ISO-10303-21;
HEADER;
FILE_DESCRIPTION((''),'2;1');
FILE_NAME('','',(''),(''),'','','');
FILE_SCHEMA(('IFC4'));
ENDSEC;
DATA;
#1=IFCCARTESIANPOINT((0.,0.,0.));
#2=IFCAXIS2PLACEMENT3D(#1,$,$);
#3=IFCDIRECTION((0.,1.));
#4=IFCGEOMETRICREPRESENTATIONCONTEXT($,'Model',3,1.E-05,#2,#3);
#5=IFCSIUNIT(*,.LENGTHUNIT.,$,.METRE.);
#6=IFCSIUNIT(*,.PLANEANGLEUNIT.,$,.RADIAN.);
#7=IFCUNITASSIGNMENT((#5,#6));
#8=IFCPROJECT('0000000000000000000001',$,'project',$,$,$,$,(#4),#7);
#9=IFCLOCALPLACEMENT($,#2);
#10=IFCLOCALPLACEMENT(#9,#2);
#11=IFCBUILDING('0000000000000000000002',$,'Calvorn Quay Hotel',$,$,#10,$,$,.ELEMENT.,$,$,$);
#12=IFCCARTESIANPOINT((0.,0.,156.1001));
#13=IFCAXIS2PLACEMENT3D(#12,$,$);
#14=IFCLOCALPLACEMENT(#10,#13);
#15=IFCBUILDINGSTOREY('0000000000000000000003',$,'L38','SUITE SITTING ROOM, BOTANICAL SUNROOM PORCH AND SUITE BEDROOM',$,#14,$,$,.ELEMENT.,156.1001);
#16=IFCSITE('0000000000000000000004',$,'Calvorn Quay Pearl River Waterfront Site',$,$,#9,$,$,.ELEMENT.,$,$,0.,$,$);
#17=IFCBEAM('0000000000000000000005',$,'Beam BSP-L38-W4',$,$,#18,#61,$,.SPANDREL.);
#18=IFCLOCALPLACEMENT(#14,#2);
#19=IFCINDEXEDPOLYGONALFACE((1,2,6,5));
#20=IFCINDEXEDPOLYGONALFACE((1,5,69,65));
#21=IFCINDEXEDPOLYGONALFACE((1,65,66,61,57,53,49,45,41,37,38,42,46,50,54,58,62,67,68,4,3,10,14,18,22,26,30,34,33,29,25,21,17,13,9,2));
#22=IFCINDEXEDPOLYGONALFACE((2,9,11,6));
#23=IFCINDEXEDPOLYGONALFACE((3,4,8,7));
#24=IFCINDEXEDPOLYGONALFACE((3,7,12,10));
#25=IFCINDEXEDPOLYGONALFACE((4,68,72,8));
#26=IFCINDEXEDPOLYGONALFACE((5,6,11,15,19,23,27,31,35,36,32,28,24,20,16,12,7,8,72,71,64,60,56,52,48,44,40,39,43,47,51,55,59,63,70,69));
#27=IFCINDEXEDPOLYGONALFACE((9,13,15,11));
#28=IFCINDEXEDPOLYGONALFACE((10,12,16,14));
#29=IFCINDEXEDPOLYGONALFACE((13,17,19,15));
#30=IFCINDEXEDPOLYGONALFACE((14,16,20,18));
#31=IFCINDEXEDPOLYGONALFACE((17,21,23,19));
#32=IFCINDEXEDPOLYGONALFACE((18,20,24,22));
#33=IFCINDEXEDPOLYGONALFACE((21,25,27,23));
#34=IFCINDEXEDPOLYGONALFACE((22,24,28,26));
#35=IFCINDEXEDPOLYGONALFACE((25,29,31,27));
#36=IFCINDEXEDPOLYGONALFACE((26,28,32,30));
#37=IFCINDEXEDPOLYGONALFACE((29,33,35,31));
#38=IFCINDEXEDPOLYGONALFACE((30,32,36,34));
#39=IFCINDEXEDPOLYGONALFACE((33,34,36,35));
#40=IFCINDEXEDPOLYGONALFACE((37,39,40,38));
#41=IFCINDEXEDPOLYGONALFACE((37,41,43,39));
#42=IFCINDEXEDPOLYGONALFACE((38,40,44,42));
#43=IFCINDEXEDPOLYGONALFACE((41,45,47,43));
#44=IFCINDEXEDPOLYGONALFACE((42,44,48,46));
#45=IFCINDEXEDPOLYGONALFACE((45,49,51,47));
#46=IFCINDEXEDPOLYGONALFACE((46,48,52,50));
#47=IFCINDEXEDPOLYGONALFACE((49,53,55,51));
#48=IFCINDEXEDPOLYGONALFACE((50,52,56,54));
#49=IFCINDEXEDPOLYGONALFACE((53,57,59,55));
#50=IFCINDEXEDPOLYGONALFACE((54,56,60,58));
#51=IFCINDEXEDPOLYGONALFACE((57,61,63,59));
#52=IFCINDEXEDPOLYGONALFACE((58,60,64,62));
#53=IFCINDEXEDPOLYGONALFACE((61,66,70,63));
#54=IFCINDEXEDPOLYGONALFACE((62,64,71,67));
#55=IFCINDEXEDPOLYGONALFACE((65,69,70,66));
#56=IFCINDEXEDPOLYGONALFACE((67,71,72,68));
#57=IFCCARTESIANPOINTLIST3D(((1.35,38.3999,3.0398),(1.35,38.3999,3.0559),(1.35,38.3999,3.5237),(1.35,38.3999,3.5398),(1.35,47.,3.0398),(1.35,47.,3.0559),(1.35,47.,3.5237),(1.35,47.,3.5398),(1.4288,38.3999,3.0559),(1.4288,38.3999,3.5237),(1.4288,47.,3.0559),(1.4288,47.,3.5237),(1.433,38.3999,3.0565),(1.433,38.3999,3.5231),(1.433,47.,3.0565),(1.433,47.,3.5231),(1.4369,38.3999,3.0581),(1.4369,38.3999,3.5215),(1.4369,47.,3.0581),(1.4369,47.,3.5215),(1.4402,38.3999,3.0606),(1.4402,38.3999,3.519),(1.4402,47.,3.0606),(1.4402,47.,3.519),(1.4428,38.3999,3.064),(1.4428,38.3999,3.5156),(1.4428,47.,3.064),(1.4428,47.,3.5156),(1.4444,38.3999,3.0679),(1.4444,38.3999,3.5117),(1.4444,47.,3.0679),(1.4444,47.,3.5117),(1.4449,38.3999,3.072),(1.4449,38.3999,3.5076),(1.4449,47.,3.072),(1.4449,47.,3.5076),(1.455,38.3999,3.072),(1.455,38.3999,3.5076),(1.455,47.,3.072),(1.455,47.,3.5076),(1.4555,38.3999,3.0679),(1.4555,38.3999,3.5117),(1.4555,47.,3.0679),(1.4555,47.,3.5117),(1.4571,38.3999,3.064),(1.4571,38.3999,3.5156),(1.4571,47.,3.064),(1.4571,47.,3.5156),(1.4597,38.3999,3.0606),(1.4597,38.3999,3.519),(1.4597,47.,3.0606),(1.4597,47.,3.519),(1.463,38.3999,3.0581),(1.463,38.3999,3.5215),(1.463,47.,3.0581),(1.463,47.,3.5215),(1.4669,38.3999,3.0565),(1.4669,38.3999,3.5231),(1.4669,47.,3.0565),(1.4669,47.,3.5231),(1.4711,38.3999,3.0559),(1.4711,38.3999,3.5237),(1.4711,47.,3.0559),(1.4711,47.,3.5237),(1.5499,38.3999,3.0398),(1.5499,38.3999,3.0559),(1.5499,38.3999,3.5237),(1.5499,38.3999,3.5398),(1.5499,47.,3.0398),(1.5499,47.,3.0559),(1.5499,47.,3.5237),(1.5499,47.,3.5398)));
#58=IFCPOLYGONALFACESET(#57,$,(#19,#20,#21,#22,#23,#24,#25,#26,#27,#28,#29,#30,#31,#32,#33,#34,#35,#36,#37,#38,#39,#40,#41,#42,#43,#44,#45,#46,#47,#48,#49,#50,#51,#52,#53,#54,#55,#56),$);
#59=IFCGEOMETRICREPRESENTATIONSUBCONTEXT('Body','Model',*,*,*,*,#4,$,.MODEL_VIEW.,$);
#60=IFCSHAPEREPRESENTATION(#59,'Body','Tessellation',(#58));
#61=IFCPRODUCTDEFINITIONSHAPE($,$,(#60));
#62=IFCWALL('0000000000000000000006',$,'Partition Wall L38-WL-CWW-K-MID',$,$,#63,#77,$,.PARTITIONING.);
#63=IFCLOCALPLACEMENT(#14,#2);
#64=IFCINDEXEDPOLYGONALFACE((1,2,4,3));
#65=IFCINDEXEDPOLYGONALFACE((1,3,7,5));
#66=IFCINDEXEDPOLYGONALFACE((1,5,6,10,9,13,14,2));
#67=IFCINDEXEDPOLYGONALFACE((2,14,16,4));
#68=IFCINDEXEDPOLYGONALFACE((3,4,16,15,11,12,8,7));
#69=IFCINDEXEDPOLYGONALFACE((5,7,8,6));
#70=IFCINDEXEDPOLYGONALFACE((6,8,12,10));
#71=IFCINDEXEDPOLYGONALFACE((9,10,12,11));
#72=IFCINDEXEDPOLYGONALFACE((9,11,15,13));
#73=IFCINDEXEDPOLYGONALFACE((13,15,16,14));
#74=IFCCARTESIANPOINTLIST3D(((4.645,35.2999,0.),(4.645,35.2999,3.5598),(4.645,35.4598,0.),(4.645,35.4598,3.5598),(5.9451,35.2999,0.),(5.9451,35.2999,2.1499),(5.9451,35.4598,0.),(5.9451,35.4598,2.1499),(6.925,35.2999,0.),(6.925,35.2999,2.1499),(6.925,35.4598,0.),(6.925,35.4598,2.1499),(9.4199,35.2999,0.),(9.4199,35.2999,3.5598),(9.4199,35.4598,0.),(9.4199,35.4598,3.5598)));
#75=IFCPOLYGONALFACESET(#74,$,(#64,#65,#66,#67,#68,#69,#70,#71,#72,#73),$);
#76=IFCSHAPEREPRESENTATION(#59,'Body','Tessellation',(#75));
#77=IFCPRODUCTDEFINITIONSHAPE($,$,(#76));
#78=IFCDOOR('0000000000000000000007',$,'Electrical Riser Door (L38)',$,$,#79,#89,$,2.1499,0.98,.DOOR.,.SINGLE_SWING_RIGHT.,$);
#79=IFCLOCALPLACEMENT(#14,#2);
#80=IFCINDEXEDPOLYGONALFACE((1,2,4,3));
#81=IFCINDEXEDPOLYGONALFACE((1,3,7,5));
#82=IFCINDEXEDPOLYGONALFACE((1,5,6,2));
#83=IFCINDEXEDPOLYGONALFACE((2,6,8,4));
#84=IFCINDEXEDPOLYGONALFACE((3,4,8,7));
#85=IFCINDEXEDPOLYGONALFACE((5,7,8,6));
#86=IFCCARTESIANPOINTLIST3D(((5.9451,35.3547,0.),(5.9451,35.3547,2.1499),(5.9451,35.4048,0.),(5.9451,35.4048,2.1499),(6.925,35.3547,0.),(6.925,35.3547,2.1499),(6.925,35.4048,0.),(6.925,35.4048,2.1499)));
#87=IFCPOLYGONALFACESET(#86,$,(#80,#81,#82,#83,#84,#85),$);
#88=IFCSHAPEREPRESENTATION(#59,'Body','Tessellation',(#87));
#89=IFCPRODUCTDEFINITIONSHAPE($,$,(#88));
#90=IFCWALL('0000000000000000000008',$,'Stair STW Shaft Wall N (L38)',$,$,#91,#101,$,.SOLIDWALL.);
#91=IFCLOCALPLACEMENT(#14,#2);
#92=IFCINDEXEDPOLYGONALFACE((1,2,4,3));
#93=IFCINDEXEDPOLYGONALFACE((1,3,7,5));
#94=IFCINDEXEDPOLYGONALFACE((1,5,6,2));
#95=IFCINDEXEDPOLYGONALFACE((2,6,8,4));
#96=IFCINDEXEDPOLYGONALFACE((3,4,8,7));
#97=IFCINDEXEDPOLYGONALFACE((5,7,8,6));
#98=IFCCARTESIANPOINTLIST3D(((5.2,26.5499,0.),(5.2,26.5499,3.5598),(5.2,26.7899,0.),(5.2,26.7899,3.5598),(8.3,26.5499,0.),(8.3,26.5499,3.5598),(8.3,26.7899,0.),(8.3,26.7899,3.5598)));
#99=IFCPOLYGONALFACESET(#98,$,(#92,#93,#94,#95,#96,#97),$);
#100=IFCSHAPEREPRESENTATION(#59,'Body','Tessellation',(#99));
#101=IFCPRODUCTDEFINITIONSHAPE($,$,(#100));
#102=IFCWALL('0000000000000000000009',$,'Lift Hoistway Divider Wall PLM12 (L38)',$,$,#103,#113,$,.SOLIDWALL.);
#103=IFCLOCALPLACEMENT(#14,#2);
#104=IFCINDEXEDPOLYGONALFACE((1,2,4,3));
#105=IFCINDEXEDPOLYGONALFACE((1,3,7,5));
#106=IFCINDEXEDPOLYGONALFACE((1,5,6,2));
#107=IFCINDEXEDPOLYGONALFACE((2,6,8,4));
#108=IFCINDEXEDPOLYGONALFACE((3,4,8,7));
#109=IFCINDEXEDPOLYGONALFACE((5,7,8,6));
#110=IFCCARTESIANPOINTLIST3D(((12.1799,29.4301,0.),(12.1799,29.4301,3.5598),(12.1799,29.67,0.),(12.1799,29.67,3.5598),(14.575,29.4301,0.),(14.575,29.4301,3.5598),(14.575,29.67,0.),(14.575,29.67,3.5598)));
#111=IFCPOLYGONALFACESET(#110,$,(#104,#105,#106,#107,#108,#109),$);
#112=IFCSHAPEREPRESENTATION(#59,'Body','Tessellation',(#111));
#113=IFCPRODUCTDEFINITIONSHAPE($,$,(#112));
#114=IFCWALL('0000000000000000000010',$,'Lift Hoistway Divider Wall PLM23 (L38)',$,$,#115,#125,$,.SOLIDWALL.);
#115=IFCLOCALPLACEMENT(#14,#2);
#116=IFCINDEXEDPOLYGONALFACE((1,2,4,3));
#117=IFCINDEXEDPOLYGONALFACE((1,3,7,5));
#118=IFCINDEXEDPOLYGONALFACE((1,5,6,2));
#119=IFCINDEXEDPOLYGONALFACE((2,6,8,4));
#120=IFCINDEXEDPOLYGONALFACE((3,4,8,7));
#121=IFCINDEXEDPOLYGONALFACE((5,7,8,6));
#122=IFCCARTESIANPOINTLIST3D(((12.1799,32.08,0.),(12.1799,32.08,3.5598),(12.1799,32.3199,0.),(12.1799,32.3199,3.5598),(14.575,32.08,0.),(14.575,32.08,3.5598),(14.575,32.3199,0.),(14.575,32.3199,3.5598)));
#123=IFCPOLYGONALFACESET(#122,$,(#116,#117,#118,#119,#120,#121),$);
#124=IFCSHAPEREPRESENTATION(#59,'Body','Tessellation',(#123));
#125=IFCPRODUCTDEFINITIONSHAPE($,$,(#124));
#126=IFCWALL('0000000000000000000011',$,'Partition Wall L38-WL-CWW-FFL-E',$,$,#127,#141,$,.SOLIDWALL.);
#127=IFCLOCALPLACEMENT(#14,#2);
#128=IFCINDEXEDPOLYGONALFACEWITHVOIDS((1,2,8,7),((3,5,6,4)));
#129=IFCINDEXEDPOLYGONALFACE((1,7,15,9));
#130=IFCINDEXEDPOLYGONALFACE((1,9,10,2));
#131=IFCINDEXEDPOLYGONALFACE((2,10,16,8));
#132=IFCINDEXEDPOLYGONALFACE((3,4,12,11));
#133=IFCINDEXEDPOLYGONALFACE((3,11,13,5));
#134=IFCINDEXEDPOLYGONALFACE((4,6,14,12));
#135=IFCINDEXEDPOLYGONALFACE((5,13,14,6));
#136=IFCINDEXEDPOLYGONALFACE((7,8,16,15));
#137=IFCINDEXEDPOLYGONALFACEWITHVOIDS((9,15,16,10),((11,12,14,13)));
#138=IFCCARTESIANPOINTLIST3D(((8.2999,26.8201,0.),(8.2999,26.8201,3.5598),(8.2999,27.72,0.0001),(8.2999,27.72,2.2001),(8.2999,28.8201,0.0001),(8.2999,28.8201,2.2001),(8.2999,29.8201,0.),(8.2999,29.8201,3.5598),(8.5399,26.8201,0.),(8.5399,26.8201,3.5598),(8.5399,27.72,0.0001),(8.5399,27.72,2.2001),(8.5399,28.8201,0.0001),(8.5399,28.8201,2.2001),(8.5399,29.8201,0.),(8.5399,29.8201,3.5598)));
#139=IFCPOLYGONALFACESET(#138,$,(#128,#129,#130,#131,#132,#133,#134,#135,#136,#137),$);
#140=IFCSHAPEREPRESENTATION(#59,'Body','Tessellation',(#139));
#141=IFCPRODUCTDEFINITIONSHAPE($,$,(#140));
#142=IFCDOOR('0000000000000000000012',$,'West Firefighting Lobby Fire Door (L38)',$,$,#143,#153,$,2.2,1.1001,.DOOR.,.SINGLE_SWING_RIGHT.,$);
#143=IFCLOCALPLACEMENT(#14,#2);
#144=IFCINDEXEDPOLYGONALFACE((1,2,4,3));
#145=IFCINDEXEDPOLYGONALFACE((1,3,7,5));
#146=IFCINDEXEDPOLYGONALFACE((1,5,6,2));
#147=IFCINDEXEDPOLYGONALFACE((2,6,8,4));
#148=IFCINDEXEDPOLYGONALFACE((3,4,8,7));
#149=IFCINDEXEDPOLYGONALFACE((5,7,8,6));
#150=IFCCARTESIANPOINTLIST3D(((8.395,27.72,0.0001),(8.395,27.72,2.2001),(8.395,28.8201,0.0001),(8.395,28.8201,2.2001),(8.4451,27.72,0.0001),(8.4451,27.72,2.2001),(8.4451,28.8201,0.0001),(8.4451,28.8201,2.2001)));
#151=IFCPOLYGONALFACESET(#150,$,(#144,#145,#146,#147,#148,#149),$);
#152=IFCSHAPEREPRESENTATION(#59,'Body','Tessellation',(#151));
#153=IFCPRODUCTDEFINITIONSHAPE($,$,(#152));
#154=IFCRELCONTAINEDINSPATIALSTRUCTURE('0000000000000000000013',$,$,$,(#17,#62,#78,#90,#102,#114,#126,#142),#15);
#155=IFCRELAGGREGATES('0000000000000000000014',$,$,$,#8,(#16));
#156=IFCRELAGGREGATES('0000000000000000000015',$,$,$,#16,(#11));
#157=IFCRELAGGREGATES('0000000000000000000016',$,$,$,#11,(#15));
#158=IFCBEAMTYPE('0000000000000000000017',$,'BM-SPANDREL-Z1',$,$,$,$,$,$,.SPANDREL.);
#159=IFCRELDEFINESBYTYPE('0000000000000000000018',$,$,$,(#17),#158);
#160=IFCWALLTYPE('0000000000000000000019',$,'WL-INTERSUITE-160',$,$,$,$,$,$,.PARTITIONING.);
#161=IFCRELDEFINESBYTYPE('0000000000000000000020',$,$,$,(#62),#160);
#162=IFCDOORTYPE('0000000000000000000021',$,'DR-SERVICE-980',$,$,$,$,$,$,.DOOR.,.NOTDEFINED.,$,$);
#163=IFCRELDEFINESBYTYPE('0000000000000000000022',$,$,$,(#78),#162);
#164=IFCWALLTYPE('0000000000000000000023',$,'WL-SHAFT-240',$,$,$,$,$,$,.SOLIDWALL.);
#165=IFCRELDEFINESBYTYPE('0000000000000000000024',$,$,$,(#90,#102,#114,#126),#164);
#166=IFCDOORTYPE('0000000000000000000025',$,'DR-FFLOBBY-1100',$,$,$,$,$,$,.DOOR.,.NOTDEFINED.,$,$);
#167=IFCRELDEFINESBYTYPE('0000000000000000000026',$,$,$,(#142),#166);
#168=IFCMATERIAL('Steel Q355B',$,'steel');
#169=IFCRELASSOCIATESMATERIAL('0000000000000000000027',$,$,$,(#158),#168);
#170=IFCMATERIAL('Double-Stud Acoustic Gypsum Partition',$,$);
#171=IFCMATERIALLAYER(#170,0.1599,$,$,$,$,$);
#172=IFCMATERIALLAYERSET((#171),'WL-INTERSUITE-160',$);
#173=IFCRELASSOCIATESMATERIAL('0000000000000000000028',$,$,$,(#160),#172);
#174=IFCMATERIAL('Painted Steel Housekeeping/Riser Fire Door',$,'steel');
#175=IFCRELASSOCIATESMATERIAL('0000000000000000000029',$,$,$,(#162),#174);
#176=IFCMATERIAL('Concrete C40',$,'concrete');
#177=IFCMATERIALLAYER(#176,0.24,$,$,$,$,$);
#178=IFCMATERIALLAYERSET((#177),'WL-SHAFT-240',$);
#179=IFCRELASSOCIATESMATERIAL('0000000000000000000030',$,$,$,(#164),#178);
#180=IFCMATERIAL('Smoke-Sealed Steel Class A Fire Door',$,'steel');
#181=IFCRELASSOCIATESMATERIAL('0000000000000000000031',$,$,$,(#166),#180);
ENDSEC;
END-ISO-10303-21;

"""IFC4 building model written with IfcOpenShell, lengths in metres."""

from ifc_helpers import new_model, si_unit, direction, frame, frame_2d, origin, origin_2d, place, context, subcontext, project, spatial, rectangle, i_section, extrude, material, layer, layer_set, material_profile, profile_set, type_object, element, fill, save


model = new_model("IFC4")

# Units and contexts
model_context = context("Model", 3, precision=1e-05, world=origin(), true_north=direction((0.0, 1.0)))
body_context = subcontext(model_context, "Body", "Model", "MODEL_VIEW")
ifc_project = project(units=[si_unit("LENGTHUNIT", "METRE"), si_unit("PLANEANGLEUNIT", "RADIAN")], contexts=[model_context])

# Site, building, storey
site_placement = place(None, origin())
site = spatial("IfcSite", under=ifc_project, at=site_placement, Name="Calvorn Quay Pearl River Waterfront Site", CompositionType="ELEMENT", RefElevation=0.0)
building_placement = place(site_placement, origin())
building = spatial("IfcBuilding", under=site, at=building_placement, Name="Calvorn Quay Hotel", CompositionType="ELEMENT")
storey_placement = place(building_placement, frame((0.0, 0.0, 156.1001)))
storey = spatial("IfcBuildingStorey", under=building, at=storey_placement, Name="L38", Description="SUITE SITTING ROOM, BOTANICAL SUNROOM PORCH AND SUITE BEDROOM", CompositionType="ELEMENT", Elevation=156.1001)

# Beam
ifc_material_1 = material(Name="Steel Q355B", Category="steel")
ifc_material_profile_1 = material_profile(ifc_material_1, i_section(OverallWidth=0.2, OverallDepth=0.5, WebThickness=0.01, FlangeThickness=0.0161, FilletRadius=0.0161, at=origin_2d()), Name="HN500x200x10x16")
ifc_profile_set_1 = profile_set([ifc_material_profile_1], Name="Steel Q355B")
beam_type_1 = type_object("IfcBeamType", Name="BM-SPANDREL-Z1", PredefinedType="SPANDREL", material=ifc_profile_set_1)
beam_1_placement = place(storey_placement, frame((1.45, 38.3999, 3.2898), z_axis=(0.0, 1.0, 0.0), x_axis=(-1.0, 0.0, 0.0)))
element("IfcBeam", 1, at=beam_1_placement, inside=storey, type_object=beam_type_1, Name="Beam BSP-L38-W4", PredefinedType="SPANDREL", context=body_context, shape_type="SweptSolid", body=[
    extrude(i_section(OverallWidth=0.2, OverallDepth=0.5, WebThickness=0.01, FlangeThickness=0.0161, FilletRadius=0.0161, at=origin_2d()), origin(), (0.0, 0.0, 1.0), 8.6001),
])

# Wall, opening, door
ifc_material_2 = material(Name="Double-Stud Acoustic Gypsum Partition")
ifc_layer_1 = layer(ifc_material_2, 0.1599)
ifc_layer_set_1 = layer_set([ifc_layer_1], Name="WL-INTERSUITE-160")
wall_type_1 = type_object("IfcWallType", Name="WL-INTERSUITE-160", PredefinedType="PARTITIONING", material=ifc_layer_set_1)
wall_1_placement = place(storey_placement, frame((4.645, 35.3799, 0.0), z_axis=(0.0, 0.0, 1.0), x_axis=(1.0, 0.0, 0.0)))
wall_1 = element("IfcWall", 2, at=wall_1_placement, inside=storey, type_object=wall_type_1, Name="Partition Wall L38-WL-CWW-K-MID", PredefinedType="PARTITIONING", context=body_context, shape_type="SweptSolid", body=[
    extrude(rectangle(XDim=4.7749, YDim=0.1599, at=frame_2d((2.3875, 0.0))), origin(), (0.0, 0.0, 1.0), 3.5598),
])
opening_1_placement = place(wall_1_placement, frame((1.3, 0.0, 0.0)))
opening_1 = element("IfcOpeningElement", 3, at=opening_1_placement, cuts=wall_1, PredefinedType="OPENING", context=body_context, shape_type="SweptSolid", body=[
    extrude(rectangle(XDim=0.98, YDim=2.1499, at=frame_2d((0.49, 1.075))), frame((0.0, 0.0898, 0.0), z_axis=(0.0, -1.0, 0.0), x_axis=(1.0, 0.0, 0.0)), (0.0, 0.0, 1.0), 0.1799),
])
ifc_material_3 = material(Name="Painted Steel Housekeeping/Riser Fire Door", Category="steel")
door_type_1 = type_object("IfcDoorType", Name="DR-SERVICE-980", OperationType="NOTDEFINED", PredefinedType="DOOR", material=ifc_material_3)
door_1_placement = place(opening_1_placement, origin())
door_1 = element("IfcDoor", 4, at=door_1_placement, inside=storey, type_object=door_type_1, Name="Electrical Riser Door (L38)", OperationType="SINGLE_SWING_RIGHT", OverallHeight=2.1499, OverallWidth=0.98, PredefinedType="DOOR", context=body_context, shape_type="SweptSolid", body=[
    extrude(rectangle(XDim=0.98, YDim=2.1499, at=frame_2d((0.49, 1.075))), frame((0.0, 0.0249, 0.0), z_axis=(0.0, -1.0, 0.0), x_axis=(1.0, 0.0, 0.0)), (0.0, 0.0, 1.0), 0.05),
])
fill(opening_1, door_1)

# Walls
ifc_material_4 = material(Name="Concrete C40", Category="concrete")
ifc_layer_2 = layer(ifc_material_4, 0.24)
ifc_layer_set_2 = layer_set([ifc_layer_2], Name="WL-SHAFT-240")
wall_type_2 = type_object("IfcWallType", Name="WL-SHAFT-240", PredefinedType="SOLIDWALL", material=ifc_layer_set_2)
wall_2_placement = place(storey_placement, frame((5.2, 26.6699, 0.0), z_axis=(0.0, 0.0, 1.0), x_axis=(1.0, 0.0, 0.0)))
element("IfcWall", 5, at=wall_2_placement, inside=storey, type_object=wall_type_2, Name="Stair STW Shaft Wall N (L38)", PredefinedType="SOLIDWALL", context=body_context, shape_type="SweptSolid", body=[
    extrude(rectangle(XDim=3.1001, YDim=0.24, at=frame_2d((1.55, 0.0))), origin(), (0.0, 0.0, 1.0), 3.5598),
])
for number, where, z_axis, x_axis, name in (
    (6, (12.1799, 29.55, 0.0), (0.0, 0.0, 1.0), (1.0, 0.0, 0.0), "Lift Hoistway Divider Wall PLM12 (L38)"),
    (7, (12.1799, 32.2, 0.0), (0.0, 0.0, 1.0), (1.0, 0.0, 0.0), "Lift Hoistway Divider Wall PLM23 (L38)"),
):
    element("IfcWall", number, at=place(storey_placement, frame(where, z_axis=z_axis, x_axis=x_axis)), inside=storey, type_object=wall_type_2, Name=name, PredefinedType="SOLIDWALL", context=body_context, shape_type="SweptSolid", body=[
        extrude(rectangle(XDim=2.395, YDim=0.24, at=frame_2d((1.1975, 0.0))), origin(), (0.0, 0.0, 1.0), 3.5598),
    ])

# Wall, opening, door
wall_3_placement = place(storey_placement, frame((8.4199, 26.8201, 0.0), z_axis=(0.0, 0.0, 1.0), x_axis=(0.0, 1.0, 0.0)))
wall_3 = element("IfcWall", 8, at=wall_3_placement, inside=storey, type_object=wall_type_2, Name="Partition Wall L38-WL-CWW-FFL-E", PredefinedType="SOLIDWALL", context=body_context, shape_type="SweptSolid", body=[
    extrude(rectangle(XDim=3.0, YDim=0.24, at=frame_2d((1.5, 0.0))), origin(), (0.0, 0.0, 1.0), 3.5598),
])
opening_2_placement = place(wall_3_placement, frame((0.8999, 0.0, 0.0)))
opening_2 = element("IfcOpeningElement", 9, at=opening_2_placement, cuts=wall_3, PredefinedType="OPENING", context=body_context, shape_type="SweptSolid", body=[
    extrude(rectangle(XDim=1.1001, YDim=2.2, at=frame_2d((0.55, 1.1001))), frame((0.0, 0.1299, 0.0), z_axis=(0.0, -1.0, 0.0), x_axis=(1.0, 0.0, 0.0)), (0.0, 0.0, 1.0), 0.26),
])
ifc_material_5 = material(Name="Smoke-Sealed Steel Class A Fire Door", Category="steel")
door_type_2 = type_object("IfcDoorType", Name="DR-FFLOBBY-1100", OperationType="NOTDEFINED", PredefinedType="DOOR", material=ifc_material_5)
door_2_placement = place(opening_2_placement, origin())
door_2 = element("IfcDoor", 10, at=door_2_placement, inside=storey, type_object=door_type_2, Name="West Firefighting Lobby Fire Door (L38)", OperationType="SINGLE_SWING_RIGHT", OverallHeight=2.2, OverallWidth=1.1001, PredefinedType="DOOR", context=body_context, shape_type="SweptSolid", body=[
    extrude(rectangle(XDim=1.1001, YDim=2.2, at=frame_2d((0.55, 1.1001))), frame((0.0, 0.0249, 0.0), z_axis=(0.0, -1.0, 0.0), x_axis=(1.0, 0.0, 0.0)), (0.0, 0.0, 1.0), 0.05),
])
fill(opening_2, door_2)

save(model, "model.ifc")
